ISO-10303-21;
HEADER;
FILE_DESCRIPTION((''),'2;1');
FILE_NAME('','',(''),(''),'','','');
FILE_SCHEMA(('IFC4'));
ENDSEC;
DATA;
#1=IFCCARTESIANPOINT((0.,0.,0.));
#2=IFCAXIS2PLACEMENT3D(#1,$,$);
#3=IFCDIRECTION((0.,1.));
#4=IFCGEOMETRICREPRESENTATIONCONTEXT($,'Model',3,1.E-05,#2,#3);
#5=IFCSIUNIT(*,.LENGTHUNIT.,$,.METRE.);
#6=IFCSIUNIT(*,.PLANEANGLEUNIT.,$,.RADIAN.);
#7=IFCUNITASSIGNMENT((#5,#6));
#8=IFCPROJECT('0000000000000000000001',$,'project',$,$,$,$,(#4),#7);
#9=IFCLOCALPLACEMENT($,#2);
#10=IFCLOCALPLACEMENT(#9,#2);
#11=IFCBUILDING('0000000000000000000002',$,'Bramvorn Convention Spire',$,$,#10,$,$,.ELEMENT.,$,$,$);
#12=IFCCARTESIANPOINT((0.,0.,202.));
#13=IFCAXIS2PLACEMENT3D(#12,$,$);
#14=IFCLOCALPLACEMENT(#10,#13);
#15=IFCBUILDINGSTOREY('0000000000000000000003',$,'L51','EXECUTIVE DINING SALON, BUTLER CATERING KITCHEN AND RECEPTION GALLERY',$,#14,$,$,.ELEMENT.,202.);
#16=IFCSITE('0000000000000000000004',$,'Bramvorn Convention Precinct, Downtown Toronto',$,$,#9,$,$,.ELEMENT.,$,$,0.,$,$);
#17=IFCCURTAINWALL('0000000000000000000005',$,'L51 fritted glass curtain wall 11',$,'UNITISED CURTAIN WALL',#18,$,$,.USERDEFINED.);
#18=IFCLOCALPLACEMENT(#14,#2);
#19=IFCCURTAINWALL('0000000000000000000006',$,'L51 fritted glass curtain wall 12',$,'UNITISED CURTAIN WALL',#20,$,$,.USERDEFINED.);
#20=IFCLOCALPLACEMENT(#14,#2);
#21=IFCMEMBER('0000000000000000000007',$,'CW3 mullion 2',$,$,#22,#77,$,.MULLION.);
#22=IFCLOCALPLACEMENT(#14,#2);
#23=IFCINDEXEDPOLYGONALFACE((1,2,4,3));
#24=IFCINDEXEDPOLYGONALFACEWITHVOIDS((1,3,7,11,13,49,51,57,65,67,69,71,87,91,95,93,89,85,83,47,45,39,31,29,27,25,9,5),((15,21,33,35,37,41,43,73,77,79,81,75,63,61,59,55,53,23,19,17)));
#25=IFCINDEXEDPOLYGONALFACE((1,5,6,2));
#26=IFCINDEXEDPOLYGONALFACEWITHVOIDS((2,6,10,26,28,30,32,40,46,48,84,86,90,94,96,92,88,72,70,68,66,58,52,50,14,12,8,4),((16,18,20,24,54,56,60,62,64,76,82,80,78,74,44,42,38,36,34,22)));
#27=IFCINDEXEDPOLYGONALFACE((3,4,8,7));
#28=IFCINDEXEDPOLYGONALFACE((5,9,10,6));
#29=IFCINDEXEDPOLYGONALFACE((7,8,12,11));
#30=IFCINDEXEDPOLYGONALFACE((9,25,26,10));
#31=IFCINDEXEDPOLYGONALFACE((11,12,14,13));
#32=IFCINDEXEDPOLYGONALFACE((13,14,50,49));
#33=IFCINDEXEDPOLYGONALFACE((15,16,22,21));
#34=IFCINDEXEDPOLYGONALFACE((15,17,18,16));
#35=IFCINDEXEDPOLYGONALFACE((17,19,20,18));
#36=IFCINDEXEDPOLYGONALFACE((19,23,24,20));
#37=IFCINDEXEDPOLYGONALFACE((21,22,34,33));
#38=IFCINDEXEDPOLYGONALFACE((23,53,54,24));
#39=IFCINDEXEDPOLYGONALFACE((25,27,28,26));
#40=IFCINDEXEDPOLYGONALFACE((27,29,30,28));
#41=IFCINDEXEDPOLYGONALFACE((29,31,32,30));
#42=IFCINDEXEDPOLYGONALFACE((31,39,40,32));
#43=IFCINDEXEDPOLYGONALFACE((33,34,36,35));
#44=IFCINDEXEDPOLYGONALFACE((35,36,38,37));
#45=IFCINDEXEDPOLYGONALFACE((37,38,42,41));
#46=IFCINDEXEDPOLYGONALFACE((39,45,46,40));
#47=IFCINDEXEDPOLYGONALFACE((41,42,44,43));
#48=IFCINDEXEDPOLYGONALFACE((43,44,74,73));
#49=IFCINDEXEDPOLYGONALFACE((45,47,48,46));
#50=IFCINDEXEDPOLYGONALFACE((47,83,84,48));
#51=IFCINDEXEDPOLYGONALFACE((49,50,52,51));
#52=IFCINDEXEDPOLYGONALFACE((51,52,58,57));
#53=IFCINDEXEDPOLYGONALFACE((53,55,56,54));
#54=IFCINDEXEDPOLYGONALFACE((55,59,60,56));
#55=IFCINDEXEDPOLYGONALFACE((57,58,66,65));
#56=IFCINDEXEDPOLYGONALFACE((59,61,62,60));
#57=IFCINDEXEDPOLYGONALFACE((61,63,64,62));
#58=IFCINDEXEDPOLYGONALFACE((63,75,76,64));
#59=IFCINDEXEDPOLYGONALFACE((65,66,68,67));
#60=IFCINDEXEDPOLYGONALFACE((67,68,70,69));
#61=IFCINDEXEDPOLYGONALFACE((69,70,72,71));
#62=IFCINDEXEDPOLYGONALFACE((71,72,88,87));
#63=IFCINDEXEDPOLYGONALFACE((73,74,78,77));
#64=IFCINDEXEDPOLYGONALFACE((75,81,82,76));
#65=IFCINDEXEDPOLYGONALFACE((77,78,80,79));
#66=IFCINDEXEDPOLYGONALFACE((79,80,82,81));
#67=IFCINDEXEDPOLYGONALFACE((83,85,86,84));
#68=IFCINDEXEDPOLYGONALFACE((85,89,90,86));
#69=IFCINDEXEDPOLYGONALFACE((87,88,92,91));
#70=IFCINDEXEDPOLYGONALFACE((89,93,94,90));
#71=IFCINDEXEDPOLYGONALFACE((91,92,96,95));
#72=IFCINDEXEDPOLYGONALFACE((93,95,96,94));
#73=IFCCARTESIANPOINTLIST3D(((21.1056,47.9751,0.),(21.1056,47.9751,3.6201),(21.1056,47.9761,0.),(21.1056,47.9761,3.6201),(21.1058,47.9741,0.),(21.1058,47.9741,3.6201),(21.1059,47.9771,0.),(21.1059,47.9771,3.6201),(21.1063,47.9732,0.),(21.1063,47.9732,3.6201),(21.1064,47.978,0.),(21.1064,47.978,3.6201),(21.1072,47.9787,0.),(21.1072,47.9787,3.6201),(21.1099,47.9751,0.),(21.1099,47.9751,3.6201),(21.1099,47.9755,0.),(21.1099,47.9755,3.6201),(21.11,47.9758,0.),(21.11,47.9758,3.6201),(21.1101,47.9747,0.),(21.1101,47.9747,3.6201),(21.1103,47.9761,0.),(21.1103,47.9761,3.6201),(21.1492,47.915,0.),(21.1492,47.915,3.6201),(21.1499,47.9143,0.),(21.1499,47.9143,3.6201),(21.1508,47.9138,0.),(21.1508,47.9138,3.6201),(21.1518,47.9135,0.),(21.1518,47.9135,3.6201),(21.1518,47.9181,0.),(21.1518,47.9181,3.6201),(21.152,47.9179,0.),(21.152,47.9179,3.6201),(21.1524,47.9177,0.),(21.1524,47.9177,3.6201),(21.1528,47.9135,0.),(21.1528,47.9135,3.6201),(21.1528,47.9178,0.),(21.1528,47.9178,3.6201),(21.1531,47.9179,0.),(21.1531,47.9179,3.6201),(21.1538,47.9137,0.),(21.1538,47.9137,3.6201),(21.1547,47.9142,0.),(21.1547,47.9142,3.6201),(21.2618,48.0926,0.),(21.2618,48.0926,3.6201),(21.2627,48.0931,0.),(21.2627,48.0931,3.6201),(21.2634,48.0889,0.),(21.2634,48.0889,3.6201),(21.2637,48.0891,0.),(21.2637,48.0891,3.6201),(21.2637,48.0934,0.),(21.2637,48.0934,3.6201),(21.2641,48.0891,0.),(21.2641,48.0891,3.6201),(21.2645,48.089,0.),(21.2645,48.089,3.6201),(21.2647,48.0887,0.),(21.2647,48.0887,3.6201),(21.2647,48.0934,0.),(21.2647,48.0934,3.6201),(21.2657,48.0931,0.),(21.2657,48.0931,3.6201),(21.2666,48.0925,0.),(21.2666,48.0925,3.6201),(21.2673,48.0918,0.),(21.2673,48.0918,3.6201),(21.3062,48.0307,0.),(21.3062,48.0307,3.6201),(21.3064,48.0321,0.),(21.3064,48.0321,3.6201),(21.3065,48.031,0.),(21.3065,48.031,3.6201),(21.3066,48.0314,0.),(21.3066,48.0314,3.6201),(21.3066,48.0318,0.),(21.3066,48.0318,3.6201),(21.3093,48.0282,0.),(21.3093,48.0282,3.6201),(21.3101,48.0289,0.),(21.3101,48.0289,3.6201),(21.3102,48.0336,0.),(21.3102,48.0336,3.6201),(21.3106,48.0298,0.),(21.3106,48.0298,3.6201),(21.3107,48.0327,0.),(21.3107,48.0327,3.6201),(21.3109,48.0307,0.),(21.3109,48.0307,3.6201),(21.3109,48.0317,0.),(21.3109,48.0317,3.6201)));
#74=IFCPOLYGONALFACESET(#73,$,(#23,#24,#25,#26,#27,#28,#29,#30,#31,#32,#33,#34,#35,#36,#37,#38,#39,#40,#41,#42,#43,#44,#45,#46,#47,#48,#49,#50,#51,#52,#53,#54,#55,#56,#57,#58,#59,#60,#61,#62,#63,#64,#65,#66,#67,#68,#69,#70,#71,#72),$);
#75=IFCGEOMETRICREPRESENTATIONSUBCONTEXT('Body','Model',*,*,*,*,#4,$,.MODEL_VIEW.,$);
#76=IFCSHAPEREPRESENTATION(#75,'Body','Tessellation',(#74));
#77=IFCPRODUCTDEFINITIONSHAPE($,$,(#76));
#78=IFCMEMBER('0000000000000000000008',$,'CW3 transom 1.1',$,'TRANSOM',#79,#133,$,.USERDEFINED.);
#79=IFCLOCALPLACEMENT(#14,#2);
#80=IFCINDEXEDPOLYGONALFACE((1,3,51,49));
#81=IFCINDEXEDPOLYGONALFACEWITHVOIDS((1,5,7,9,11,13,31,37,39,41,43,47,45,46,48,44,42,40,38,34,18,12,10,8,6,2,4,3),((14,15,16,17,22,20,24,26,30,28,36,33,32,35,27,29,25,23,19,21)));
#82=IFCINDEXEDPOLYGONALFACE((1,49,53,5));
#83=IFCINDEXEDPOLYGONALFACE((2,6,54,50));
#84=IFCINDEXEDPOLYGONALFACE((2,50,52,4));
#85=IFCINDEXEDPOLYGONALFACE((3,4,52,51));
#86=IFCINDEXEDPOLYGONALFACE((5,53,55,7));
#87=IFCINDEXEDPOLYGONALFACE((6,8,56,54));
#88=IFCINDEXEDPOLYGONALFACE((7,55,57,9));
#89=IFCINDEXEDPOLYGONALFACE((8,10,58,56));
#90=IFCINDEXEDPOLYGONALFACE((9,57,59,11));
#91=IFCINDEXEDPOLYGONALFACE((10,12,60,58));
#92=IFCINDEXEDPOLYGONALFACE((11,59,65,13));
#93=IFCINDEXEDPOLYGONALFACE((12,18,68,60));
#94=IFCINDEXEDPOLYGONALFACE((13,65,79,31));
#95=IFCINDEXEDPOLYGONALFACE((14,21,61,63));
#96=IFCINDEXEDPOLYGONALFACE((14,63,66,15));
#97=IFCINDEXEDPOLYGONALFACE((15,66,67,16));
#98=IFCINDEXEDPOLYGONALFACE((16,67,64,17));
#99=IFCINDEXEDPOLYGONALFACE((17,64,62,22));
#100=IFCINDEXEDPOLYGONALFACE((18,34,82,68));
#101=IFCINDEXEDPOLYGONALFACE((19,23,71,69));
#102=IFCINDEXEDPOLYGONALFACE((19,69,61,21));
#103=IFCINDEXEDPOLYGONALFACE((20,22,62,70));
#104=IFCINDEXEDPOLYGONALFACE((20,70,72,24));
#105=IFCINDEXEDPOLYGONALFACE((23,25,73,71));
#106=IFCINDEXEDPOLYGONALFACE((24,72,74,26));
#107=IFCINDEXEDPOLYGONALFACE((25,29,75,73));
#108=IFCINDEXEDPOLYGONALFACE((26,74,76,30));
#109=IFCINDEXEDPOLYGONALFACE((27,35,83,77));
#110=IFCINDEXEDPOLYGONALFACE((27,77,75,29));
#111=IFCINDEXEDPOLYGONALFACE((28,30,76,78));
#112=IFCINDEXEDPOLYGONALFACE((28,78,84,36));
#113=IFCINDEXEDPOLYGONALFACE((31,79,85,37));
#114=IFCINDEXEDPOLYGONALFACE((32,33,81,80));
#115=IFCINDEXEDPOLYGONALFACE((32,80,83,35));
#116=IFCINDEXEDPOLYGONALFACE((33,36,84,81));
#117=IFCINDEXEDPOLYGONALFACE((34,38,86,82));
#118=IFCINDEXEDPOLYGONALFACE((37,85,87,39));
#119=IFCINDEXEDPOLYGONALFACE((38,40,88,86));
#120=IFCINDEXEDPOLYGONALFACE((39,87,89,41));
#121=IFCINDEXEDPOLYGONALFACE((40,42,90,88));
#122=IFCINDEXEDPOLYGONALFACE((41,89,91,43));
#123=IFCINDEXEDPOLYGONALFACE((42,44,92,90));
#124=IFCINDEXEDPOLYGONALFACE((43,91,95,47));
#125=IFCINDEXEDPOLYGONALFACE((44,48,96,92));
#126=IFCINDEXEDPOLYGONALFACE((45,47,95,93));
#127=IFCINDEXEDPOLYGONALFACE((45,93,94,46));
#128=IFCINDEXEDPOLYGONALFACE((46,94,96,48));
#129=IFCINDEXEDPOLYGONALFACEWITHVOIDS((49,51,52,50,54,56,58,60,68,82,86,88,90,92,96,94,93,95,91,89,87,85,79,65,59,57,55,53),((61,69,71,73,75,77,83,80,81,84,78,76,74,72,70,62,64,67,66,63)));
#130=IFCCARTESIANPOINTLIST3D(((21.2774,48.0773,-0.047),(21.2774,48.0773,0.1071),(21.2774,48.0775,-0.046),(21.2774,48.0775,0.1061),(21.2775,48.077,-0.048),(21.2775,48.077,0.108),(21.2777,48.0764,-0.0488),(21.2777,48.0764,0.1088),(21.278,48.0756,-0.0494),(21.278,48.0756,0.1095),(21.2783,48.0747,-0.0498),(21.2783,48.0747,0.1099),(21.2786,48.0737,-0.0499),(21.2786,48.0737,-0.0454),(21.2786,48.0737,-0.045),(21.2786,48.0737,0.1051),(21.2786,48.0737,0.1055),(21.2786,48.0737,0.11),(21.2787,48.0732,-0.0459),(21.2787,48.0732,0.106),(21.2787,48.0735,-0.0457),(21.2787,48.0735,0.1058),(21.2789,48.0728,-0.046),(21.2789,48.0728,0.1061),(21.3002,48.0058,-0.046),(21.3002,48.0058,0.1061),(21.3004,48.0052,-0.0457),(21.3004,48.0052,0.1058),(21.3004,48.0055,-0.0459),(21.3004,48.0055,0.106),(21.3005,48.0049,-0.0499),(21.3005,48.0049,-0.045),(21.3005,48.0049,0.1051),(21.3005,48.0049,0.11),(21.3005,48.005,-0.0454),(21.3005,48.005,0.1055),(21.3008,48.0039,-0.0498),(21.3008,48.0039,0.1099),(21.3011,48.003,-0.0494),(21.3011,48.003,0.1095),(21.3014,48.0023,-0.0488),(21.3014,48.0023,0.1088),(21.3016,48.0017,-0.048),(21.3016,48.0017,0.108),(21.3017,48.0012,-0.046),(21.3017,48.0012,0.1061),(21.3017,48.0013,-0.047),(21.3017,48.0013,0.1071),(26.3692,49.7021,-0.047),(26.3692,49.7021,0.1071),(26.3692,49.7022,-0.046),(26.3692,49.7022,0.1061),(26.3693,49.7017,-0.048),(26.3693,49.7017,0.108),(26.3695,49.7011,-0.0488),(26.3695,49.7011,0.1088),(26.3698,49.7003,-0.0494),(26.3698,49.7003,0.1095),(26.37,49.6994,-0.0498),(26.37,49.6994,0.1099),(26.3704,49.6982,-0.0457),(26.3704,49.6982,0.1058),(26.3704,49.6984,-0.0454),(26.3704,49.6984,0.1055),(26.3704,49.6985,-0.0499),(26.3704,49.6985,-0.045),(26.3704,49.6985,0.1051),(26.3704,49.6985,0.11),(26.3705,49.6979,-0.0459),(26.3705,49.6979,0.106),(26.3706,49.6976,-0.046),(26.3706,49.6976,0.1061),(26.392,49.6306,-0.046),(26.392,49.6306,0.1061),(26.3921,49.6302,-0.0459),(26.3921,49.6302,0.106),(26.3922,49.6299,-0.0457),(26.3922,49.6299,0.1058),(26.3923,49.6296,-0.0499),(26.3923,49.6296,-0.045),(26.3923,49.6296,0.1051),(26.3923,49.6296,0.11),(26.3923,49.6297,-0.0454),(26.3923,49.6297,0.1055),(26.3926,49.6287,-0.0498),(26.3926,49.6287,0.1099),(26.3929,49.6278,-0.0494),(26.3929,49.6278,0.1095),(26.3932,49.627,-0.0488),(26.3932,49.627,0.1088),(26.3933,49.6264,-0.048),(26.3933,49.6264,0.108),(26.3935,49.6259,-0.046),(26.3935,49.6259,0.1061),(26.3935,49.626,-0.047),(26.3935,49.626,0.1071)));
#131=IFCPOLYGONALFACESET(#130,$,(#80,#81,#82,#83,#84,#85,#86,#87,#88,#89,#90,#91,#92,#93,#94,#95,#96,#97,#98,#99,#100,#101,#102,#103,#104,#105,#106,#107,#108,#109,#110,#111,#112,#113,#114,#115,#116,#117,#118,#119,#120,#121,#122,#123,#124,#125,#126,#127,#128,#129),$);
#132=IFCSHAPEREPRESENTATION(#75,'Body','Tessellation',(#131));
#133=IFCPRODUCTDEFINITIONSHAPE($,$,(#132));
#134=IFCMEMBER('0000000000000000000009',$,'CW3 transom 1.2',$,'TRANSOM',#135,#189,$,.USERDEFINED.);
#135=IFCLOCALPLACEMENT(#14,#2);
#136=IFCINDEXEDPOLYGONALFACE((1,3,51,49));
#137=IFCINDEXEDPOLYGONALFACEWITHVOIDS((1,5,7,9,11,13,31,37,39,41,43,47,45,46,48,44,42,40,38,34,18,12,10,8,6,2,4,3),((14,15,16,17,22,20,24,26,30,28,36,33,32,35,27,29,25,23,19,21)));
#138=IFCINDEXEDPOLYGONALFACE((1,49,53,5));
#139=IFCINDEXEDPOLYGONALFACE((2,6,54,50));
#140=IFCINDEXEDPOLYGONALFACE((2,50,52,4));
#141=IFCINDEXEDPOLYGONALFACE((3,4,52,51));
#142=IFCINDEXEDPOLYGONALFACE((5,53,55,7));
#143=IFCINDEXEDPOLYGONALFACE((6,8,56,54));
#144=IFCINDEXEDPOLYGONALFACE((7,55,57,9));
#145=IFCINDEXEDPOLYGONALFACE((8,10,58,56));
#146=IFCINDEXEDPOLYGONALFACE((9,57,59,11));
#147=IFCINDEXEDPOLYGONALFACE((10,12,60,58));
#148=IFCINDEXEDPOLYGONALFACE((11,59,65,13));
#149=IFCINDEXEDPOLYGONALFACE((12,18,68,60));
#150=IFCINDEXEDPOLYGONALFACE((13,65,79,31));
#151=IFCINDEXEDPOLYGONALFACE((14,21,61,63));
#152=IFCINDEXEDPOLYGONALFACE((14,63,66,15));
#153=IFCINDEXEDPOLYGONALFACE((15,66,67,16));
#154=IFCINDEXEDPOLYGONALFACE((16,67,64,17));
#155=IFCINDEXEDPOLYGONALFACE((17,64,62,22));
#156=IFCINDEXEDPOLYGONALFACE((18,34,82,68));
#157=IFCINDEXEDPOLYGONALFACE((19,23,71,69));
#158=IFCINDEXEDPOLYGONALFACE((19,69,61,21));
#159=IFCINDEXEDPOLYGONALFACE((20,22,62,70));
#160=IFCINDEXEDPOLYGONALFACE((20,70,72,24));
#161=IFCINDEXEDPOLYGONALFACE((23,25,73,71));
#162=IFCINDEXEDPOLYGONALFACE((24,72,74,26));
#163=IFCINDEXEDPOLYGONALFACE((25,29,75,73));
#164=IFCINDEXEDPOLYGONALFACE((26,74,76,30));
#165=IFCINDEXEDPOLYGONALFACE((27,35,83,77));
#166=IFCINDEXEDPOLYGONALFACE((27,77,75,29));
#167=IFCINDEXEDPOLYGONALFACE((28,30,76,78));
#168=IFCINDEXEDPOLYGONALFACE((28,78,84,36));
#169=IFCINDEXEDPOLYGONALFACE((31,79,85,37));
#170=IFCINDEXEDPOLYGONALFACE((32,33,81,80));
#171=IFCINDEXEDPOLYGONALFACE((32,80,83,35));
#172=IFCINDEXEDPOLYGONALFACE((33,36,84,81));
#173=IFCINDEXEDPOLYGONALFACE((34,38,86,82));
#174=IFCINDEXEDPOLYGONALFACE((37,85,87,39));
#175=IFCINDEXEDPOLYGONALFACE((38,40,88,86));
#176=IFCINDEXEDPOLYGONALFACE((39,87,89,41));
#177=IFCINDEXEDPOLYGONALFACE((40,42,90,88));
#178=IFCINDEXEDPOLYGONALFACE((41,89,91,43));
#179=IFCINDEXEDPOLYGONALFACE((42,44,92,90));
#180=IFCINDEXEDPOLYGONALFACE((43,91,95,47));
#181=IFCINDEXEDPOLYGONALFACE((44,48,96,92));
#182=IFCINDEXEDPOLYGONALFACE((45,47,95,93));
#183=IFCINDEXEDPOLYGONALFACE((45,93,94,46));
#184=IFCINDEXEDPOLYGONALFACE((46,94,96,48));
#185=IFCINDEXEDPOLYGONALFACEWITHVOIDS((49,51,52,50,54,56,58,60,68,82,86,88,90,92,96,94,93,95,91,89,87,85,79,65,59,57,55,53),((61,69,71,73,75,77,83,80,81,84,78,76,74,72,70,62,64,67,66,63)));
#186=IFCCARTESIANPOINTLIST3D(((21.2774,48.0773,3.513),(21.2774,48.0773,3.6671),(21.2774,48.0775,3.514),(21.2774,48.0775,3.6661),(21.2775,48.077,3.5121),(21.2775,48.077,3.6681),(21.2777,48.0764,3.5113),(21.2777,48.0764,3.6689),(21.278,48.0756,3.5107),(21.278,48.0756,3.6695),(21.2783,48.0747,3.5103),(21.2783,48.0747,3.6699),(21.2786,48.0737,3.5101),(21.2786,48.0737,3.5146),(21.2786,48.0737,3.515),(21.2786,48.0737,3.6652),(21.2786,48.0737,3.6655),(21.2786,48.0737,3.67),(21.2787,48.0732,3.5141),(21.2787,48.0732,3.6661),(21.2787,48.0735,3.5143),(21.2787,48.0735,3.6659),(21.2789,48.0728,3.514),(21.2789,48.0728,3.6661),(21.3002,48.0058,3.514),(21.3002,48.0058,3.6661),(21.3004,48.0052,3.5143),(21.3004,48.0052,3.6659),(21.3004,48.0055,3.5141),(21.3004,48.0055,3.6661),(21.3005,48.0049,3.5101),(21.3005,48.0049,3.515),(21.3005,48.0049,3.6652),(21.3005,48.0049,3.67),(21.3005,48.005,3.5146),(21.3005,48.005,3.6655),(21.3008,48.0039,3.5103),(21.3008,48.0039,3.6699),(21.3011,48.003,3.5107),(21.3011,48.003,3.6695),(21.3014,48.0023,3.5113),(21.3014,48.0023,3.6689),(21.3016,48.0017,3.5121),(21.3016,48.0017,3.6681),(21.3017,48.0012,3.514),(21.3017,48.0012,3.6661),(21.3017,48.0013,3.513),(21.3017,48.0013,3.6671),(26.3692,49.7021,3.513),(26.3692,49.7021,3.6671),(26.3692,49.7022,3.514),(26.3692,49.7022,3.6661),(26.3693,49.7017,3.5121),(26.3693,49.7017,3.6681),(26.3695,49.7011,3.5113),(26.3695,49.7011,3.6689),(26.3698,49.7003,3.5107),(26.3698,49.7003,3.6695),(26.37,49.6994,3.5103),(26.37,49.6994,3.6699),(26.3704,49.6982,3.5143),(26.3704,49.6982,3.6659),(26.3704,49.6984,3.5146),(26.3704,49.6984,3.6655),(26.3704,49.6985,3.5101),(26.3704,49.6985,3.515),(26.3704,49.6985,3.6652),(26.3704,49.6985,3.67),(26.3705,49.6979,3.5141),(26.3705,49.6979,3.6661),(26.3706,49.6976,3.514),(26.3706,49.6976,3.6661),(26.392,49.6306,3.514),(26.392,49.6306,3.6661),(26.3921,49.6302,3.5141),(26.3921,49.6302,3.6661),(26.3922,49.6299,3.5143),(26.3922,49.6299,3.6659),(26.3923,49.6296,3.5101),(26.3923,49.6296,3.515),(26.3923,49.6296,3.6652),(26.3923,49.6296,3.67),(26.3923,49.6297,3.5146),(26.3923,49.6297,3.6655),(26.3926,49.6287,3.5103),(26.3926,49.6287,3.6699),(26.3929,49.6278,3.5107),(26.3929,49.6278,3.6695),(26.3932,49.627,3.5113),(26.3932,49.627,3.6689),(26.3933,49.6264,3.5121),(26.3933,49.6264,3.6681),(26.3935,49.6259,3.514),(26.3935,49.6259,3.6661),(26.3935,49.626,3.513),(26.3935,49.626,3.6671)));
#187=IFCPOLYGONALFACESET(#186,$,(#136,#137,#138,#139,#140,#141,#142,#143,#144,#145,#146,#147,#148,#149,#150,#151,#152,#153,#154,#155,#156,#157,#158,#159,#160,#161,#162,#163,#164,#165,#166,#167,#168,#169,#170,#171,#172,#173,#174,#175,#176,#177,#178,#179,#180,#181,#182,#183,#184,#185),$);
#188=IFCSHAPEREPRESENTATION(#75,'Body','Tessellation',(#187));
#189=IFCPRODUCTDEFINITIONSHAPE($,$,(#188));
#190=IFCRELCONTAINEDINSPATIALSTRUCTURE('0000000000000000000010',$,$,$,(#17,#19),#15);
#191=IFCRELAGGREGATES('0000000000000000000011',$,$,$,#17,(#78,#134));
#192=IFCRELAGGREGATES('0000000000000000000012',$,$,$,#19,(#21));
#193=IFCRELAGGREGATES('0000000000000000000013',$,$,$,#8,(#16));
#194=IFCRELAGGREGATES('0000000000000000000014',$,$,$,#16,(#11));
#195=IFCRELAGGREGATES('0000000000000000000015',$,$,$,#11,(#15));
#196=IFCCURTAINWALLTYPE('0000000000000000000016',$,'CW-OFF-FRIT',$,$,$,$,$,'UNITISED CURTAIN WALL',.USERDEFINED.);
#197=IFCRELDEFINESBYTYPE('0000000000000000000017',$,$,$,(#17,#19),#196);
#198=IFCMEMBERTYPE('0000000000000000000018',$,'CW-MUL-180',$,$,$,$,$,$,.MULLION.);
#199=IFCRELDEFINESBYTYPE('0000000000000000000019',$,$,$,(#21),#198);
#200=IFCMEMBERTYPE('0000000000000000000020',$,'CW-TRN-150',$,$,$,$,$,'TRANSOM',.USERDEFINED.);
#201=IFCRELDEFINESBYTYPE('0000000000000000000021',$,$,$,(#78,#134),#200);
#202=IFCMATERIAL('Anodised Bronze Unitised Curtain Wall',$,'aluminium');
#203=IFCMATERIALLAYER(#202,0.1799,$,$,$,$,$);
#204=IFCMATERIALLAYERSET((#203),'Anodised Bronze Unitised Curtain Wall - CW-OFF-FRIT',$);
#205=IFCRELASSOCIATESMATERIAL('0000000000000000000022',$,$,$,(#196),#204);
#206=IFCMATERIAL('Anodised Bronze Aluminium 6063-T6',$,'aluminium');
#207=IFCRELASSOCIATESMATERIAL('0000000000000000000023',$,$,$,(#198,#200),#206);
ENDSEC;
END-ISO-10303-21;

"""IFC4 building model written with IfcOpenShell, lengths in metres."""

from ifc_helpers import new_model, si_unit, direction, frame, origin, origin_2d, place, context, subcontext, project, spatial, hollow_rectangle, extrude, material, layer, layer_set, material_profile, profile_set, type_object, element, aggregate, save


model = new_model("IFC4")

# Units and contexts
model_context = context("Model", 3, precision=1e-05, world=origin(), true_north=direction((0.0, 1.0)))
body_context = subcontext(model_context, "Body", "Model", "MODEL_VIEW")
ifc_project = project(units=[si_unit("LENGTHUNIT", "METRE"), si_unit("PLANEANGLEUNIT", "RADIAN")], contexts=[model_context])

# Site, building, storey
site_placement = place(None, origin())
site = spatial("IfcSite", under=ifc_project, at=site_placement, Name="Bramvorn Convention Precinct, Downtown Toronto", CompositionType="ELEMENT", RefElevation=0.0)
building_placement = place(site_placement, origin())
building = spatial("IfcBuilding", under=site, at=building_placement, Name="Bramvorn Convention Spire", CompositionType="ELEMENT")
storey_placement = place(building_placement, frame((0.0, 0.0, 202.0)))
storey = spatial("IfcBuildingStorey", under=building, at=storey_placement, Name="L51", Description="EXECUTIVE DINING SALON, BUTLER CATERING KITCHEN AND RECEPTION GALLERY", CompositionType="ELEMENT", Elevation=202.0)

# Curtain walls, member
ifc_material_1 = material(Name="Anodised Bronze Unitised Curtain Wall", Category="aluminium")
ifc_layer_1 = layer(ifc_material_1, 0.1799)
ifc_layer_set_1 = layer_set([ifc_layer_1], Name="Anodised Bronze Unitised Curtain Wall - CW-OFF-FRIT")
curtain_wall_type = type_object("IfcCurtainWallType", Name="CW-OFF-FRIT", ElementType="UNITISED CURTAIN WALL", PredefinedType="USERDEFINED", material=ifc_layer_set_1)
curtain_wall_1_placement = place(storey_placement, origin())
curtain_wall_1 = element("IfcCurtainWall", 1, at=curtain_wall_1_placement, inside=storey, type_object=curtain_wall_type, Name="L51 fritted glass curtain wall 11", ObjectType="UNITISED CURTAIN WALL", PredefinedType="USERDEFINED")
ifc_material_2 = material(Name="Anodised Bronze Aluminium 6063-T6", Category="aluminium")
ifc_material_profile_1 = material_profile(ifc_material_2, hollow_rectangle(XDim=0.0801, YDim=0.2, WallThickness=0.0039, InnerFilletRadius=0.001, OuterFilletRadius=0.0039, at=origin_2d()))
ifc_profile_set_1 = profile_set([ifc_material_profile_1], Name="Anodised Bronze Aluminium 6063-T6 - CWM80X200")
member_type_1 = type_object("IfcMemberType", Name="CW-MUL-180", PredefinedType="MULLION", material=ifc_profile_set_1)
curtain_wall_2_placement = place(storey_placement, origin())
curtain_wall_2 = element("IfcCurtainWall", 2, at=curtain_wall_2_placement, inside=storey, type_object=curtain_wall_type, Name="L51 fritted glass curtain wall 12", ObjectType="UNITISED CURTAIN WALL", PredefinedType="USERDEFINED")
member_1_placement = place(storey_placement, frame((21.2083, 48.0034, 0.0), z_axis=(0.0, 0.0, 1.0), x_axis=(-0.593183, 0.805068, 0.0)))
member_1 = element("IfcMember", 3, at=member_1_placement, type_object=member_type_1, Name="CW3 mullion 2", PredefinedType="MULLION", context=body_context, shape_type="SweptSolid", body=[
    extrude(hollow_rectangle(XDim=0.0801, YDim=0.2, WallThickness=0.0039, InnerFilletRadius=0.001, OuterFilletRadius=0.0039, at=origin_2d()), origin(), (0.0, 0.0, 1.0), 3.6201),
])

# Members
ifc_material_profile_2 = material_profile(ifc_material_2, hollow_rectangle(XDim=0.0801, YDim=0.1599, WallThickness=0.0039, InnerFilletRadius=0.001, OuterFilletRadius=0.0039, at=origin_2d()))
ifc_profile_set_2 = profile_set([ifc_material_profile_2], Name="Anodised Bronze Aluminium 6063-T6 - CWT80X160")
member_type_2 = type_object("IfcMemberType", Name="CW-TRN-150", ElementType="TRANSOM", PredefinedType="USERDEFINED", material=ifc_profile_set_2)
member_2_placement = place(storey_placement, frame((21.2896, 48.0393, 0.03), z_axis=(0.952675, 0.303992, 0.0), x_axis=(-0.303992, 0.952675, 0.0)))
member_2 = element("IfcMember", 4, at=member_2_placement, type_object=member_type_2, Name="CW3 transom 1.1", ObjectType="TRANSOM", PredefinedType="USERDEFINED", context=body_context, shape_type="SweptSolid", body=[
    extrude(hollow_rectangle(XDim=0.0801, YDim=0.1599, WallThickness=0.0039, InnerFilletRadius=0.001, OuterFilletRadius=0.0039, at=origin_2d()), origin(), (0.0, 0.0, 1.0), 5.3447),
])
member_3_placement = place(storey_placement, frame((21.2896, 48.0393, 3.5901), z_axis=(0.952675, 0.303992, 0.0), x_axis=(-0.303992, 0.952675, 0.0)))
member_3 = element("IfcMember", 5, at=member_3_placement, type_object=member_type_2, Name="CW3 transom 1.2", ObjectType="TRANSOM", PredefinedType="USERDEFINED", context=body_context, shape_type="SweptSolid", body=[
    extrude(hollow_rectangle(XDim=0.0801, YDim=0.1599, WallThickness=0.0039, InnerFilletRadius=0.001, OuterFilletRadius=0.0039, at=origin_2d()), origin(), (0.0, 0.0, 1.0), 5.3447),
])

aggregate(curtain_wall_1, [member_2, member_3])
aggregate(curtain_wall_2, [member_1])

save(model, "model.ifc")
